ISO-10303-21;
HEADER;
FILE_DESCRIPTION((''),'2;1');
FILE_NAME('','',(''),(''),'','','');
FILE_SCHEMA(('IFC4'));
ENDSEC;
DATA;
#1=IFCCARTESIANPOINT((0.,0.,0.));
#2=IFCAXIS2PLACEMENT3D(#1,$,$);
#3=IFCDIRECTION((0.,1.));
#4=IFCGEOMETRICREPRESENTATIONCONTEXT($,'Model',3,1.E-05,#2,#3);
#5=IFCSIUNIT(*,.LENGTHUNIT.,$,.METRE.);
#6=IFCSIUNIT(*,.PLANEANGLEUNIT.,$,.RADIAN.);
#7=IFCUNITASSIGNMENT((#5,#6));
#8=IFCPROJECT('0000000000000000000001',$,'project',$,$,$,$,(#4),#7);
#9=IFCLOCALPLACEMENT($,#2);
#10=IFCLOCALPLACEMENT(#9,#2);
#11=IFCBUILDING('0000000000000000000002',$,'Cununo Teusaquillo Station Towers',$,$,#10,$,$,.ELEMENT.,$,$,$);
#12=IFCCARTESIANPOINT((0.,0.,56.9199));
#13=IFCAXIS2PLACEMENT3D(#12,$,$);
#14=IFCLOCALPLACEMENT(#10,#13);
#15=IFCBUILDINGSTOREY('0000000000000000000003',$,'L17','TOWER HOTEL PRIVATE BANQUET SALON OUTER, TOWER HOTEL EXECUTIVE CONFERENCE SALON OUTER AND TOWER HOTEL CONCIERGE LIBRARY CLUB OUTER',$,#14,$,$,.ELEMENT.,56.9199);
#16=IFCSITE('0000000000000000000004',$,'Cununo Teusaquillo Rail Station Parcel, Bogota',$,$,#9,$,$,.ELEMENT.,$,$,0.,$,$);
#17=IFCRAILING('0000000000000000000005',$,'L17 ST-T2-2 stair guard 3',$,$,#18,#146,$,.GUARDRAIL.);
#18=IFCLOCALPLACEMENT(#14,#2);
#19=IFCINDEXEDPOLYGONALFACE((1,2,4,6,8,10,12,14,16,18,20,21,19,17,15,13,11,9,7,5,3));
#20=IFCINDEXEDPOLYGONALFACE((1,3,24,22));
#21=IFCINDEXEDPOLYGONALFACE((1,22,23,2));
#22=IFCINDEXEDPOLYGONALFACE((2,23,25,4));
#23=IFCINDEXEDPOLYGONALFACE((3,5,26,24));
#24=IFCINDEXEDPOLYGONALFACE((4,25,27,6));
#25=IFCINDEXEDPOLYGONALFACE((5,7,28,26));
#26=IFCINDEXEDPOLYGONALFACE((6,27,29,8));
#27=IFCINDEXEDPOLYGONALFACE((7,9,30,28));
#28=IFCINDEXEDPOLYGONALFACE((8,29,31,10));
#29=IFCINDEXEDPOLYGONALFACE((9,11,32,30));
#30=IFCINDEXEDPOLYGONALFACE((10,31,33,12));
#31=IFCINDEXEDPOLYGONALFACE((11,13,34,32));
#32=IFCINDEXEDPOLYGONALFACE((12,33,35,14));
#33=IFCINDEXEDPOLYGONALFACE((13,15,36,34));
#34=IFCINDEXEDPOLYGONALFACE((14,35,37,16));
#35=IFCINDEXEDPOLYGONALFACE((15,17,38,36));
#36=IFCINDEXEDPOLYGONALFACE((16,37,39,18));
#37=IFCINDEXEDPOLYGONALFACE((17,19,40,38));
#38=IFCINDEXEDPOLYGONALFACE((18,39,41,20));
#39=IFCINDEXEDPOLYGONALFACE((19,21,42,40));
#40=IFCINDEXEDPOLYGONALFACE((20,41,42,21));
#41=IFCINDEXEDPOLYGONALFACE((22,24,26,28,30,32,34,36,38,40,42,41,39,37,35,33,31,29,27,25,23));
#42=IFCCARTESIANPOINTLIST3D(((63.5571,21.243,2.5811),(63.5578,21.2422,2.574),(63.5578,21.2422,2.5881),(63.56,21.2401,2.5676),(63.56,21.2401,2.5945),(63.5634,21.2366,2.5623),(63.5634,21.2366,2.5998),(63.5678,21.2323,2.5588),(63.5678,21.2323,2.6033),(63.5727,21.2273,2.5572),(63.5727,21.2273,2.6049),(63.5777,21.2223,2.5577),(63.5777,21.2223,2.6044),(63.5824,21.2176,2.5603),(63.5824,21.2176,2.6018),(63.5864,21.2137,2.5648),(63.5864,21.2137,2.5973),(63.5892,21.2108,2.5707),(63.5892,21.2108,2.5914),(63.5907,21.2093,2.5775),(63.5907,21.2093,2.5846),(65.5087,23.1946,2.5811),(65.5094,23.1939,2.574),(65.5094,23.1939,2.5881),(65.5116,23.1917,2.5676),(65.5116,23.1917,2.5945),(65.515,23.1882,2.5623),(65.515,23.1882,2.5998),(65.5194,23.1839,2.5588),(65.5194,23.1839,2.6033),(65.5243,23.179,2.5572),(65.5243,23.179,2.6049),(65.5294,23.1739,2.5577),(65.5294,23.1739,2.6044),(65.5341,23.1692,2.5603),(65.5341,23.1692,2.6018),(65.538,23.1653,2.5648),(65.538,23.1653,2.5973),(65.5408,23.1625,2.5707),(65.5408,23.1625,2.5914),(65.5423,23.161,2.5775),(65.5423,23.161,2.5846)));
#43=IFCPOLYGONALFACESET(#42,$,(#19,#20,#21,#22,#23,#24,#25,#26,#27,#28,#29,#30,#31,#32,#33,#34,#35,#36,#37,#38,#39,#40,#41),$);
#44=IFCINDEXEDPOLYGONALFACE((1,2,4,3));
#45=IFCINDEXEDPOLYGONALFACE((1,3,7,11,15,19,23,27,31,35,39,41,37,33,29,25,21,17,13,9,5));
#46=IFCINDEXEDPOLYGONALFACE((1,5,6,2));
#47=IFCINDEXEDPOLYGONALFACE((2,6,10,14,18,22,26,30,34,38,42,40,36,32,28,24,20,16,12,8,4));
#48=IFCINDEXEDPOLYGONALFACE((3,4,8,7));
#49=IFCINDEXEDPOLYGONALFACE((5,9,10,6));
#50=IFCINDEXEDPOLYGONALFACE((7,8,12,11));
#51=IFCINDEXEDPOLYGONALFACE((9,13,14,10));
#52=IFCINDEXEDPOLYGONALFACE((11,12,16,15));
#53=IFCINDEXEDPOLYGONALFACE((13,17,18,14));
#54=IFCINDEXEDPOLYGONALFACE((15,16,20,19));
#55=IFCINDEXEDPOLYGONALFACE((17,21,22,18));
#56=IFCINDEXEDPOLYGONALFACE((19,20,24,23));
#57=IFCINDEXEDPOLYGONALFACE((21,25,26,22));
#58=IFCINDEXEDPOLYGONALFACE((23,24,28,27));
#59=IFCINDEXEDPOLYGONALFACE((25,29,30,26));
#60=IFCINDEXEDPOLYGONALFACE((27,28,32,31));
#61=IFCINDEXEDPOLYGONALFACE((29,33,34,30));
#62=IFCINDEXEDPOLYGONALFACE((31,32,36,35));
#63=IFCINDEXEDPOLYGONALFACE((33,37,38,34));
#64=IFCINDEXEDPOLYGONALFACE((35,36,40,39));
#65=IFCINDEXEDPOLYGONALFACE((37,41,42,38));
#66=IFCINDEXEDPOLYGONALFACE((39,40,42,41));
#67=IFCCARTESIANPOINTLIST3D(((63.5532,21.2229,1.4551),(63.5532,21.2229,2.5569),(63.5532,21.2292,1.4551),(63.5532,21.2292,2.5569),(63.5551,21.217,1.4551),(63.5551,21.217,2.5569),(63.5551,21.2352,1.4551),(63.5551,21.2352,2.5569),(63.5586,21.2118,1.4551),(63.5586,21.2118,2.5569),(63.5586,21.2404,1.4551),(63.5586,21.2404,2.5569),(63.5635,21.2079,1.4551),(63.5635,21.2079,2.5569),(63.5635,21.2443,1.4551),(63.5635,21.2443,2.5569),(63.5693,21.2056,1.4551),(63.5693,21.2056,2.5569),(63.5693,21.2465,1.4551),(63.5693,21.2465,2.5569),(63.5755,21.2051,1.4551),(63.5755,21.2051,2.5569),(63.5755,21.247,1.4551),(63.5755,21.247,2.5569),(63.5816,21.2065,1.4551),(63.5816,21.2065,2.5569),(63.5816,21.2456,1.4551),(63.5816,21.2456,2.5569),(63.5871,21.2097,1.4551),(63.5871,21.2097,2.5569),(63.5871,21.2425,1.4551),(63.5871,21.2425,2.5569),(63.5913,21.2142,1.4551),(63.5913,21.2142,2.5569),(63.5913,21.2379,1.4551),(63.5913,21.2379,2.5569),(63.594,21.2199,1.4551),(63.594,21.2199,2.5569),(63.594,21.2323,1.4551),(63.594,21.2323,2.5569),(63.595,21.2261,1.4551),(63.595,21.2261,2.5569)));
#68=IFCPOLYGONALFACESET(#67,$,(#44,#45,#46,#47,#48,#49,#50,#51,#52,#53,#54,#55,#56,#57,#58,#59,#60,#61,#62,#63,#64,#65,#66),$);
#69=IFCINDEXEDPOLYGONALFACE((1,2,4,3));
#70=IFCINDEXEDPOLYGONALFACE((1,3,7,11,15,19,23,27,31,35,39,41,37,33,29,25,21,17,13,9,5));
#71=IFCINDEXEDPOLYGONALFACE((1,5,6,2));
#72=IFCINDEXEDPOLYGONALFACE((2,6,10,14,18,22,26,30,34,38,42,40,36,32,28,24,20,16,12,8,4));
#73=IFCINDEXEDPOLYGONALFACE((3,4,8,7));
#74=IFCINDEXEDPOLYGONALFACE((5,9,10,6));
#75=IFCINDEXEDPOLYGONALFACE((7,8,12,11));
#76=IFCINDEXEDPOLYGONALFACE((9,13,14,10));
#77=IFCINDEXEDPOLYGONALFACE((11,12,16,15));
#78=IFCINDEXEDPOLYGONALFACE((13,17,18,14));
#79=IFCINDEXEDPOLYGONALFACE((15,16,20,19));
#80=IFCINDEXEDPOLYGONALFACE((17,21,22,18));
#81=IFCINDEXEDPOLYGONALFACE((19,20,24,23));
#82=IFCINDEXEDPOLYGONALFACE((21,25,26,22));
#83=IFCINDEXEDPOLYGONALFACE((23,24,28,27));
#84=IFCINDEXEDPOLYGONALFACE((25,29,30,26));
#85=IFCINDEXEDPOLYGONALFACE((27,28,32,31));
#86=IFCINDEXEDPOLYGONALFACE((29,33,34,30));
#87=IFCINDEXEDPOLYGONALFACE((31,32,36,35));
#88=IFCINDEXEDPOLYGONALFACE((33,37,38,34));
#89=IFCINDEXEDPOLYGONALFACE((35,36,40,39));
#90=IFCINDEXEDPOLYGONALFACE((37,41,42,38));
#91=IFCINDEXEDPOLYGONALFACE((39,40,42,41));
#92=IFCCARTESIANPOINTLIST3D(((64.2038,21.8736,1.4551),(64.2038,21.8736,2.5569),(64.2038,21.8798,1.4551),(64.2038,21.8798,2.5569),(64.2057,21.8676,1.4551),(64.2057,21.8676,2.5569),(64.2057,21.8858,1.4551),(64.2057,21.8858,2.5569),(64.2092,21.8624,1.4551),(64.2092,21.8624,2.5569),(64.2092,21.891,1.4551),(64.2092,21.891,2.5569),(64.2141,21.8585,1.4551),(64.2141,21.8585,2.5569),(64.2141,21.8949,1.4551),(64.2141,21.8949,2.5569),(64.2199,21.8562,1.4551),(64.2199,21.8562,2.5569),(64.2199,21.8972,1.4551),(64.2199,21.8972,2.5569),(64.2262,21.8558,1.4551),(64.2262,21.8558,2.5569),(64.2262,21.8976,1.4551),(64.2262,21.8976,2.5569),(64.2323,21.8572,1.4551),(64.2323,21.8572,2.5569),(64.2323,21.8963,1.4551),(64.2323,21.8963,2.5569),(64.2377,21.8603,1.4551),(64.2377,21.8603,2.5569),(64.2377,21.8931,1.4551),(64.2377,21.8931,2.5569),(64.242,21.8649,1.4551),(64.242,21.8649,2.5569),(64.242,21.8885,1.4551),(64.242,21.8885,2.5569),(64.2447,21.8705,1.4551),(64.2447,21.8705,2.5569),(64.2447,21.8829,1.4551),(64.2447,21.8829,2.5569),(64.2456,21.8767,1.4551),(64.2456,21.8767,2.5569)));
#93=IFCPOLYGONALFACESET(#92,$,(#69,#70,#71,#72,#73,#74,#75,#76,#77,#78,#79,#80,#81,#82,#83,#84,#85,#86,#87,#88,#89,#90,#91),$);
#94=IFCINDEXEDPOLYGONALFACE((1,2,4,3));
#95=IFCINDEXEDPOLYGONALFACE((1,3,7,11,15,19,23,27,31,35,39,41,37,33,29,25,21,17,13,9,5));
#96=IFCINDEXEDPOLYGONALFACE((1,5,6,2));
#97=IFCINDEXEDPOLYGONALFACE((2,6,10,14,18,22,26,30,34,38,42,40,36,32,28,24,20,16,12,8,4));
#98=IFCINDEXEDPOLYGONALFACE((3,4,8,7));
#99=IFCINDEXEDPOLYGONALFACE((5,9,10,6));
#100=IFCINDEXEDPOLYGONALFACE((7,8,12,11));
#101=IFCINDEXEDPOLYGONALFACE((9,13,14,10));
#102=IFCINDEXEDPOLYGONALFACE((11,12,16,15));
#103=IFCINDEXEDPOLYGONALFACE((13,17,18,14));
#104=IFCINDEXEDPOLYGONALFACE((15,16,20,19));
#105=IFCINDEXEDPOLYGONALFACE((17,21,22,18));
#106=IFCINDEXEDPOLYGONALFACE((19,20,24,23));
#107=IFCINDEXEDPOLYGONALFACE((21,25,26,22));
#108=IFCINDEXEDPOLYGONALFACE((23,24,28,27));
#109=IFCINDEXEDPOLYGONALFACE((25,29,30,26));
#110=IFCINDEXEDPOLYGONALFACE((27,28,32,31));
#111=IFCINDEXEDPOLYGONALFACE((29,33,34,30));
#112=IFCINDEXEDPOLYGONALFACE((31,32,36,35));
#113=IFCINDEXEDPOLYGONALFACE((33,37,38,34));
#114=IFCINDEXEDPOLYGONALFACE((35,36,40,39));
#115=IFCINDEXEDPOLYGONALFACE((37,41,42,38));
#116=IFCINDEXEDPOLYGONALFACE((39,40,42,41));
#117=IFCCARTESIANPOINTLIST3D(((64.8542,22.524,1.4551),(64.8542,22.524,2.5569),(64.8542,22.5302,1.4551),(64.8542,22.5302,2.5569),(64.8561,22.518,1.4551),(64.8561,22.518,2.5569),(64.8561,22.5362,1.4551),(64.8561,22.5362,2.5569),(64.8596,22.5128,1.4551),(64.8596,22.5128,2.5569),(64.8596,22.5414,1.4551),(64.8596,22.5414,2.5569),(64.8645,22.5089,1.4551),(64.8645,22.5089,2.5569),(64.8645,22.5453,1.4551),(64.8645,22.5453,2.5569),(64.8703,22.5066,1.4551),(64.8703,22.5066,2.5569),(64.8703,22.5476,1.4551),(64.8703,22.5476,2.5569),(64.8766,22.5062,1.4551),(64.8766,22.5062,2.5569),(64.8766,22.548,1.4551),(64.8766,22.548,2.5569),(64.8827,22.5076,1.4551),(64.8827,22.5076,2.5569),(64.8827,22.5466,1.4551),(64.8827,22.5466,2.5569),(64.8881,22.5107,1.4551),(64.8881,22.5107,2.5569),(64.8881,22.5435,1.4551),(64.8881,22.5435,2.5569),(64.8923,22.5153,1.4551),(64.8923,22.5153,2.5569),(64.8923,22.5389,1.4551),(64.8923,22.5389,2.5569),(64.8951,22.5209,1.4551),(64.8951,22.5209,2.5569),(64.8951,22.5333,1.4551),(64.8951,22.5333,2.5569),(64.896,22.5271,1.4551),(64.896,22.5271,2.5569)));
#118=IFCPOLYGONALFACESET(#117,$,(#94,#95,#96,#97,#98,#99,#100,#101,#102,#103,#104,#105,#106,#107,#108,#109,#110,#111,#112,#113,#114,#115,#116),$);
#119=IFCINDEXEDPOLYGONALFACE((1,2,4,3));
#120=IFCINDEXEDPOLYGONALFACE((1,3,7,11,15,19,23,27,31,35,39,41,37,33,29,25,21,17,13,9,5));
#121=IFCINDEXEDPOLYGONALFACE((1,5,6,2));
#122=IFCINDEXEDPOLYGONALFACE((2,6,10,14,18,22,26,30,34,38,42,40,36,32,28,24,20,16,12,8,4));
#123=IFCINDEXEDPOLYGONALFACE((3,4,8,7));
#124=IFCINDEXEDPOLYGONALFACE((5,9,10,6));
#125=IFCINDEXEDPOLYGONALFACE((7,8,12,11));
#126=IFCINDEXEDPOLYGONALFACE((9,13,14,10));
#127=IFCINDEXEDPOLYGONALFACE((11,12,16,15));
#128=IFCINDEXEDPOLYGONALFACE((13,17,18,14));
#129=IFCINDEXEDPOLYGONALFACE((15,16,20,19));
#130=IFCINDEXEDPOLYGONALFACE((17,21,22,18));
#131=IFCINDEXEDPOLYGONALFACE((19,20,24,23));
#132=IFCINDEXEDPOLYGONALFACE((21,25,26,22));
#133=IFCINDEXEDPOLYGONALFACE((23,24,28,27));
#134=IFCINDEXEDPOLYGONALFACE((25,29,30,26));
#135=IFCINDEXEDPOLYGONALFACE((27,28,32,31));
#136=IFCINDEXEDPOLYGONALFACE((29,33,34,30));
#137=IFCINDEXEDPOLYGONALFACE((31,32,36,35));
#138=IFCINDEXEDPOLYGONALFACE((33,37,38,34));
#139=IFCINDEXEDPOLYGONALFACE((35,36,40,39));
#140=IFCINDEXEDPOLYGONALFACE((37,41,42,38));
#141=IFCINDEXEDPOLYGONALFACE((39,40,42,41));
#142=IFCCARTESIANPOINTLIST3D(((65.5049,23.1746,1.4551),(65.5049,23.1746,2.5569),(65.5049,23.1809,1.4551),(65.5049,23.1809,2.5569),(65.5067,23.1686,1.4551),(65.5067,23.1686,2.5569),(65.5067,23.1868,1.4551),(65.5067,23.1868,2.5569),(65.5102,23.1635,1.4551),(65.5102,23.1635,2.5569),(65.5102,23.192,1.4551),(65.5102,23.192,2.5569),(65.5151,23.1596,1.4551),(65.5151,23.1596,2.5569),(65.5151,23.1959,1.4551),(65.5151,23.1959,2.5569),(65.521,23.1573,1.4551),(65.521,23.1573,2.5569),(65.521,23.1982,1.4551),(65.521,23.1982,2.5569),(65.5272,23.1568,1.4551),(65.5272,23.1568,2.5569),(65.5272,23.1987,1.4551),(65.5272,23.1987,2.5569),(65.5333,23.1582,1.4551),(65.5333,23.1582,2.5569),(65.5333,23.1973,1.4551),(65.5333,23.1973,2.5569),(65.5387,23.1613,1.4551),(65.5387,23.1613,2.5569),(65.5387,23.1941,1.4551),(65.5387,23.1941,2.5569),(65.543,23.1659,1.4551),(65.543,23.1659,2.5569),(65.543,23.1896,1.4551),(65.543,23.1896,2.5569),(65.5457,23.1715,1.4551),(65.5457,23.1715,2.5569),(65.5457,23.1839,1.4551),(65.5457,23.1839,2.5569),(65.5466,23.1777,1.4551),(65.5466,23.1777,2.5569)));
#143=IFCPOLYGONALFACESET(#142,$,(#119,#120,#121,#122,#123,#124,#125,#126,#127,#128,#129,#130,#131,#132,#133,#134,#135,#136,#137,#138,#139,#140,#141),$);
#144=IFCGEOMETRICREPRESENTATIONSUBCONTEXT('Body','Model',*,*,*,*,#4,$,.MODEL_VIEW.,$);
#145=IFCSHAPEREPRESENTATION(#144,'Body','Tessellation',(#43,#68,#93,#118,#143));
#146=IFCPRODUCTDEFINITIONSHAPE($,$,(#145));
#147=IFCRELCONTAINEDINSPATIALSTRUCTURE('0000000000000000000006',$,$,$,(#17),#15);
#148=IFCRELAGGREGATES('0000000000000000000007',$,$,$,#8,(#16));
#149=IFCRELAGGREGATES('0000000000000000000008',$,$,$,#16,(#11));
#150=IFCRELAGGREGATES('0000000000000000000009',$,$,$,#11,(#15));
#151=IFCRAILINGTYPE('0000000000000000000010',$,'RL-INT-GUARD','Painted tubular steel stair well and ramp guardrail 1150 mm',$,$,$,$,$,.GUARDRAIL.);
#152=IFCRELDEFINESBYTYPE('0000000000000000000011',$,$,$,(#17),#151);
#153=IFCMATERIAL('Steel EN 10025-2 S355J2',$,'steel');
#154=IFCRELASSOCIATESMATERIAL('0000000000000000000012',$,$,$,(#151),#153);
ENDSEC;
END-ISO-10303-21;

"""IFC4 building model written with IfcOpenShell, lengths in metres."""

from ifc_helpers import new_model, si_unit, direction, frame, origin, origin_2d, place, context, subcontext, project, spatial, circle, extrude, material, type_object, element, save


model = new_model("IFC4")

# Units and contexts
model_context = context("Model", 3, precision=1e-05, world=origin(), true_north=direction((0.0, 1.0)))
body_context = subcontext(model_context, "Body", "Model", "MODEL_VIEW")
ifc_project = project(units=[si_unit("LENGTHUNIT", "METRE"), si_unit("PLANEANGLEUNIT", "RADIAN")], contexts=[model_context])

# Site, building, storey
site_placement = place(None, origin())
site = spatial("IfcSite", under=ifc_project, at=site_placement, Name="Cununo Teusaquillo Rail Station Parcel, Bogota", CompositionType="ELEMENT", RefElevation=0.0)
building_placement = place(site_placement, origin())
building = spatial("IfcBuilding", under=site, at=building_placement, Name="Cununo Teusaquillo Station Towers", CompositionType="ELEMENT")
storey_placement = place(building_placement, frame((0.0, 0.0, 56.9199)))
storey = spatial("IfcBuildingStorey", under=building, at=storey_placement, Name="L17", Description="TOWER HOTEL PRIVATE BANQUET SALON OUTER, TOWER HOTEL EXECUTIVE CONFERENCE SALON OUTER AND TOWER HOTEL CONCIERGE LIBRARY CLUB OUTER", CompositionType="ELEMENT", Elevation=56.9199)

# Railing
ifc_material_1 = material(Name="Steel EN 10025-2 S355J2", Category="steel")
railing_type = type_object("IfcRailingType", Name="RL-INT-GUARD", Description="Painted tubular steel stair well and ramp guardrail 1150 mm", PredefinedType="GUARDRAIL", material=ifc_material_1)
railing_1_placement = place(storey_placement, frame((63.574, 21.2261, 1.4551)))
element("IfcRailing", 1, at=railing_1_placement, inside=storey, type_object=railing_type, Name="L17 ST-T2-2 stair guard 3", PredefinedType="GUARDRAIL", context=body_context, shape_type="SweptSolid", body=[
    extrude(circle(Radius=0.0239, at=origin_2d()), frame((0.0, 0.0, 1.126), z_axis=(0.707107, 0.707107, 0.0), x_axis=(-0.707107, 0.707107, 0.0)), (0.0, 0.0, 1.0), 2.76),
    extrude(circle(Radius=0.021, at=origin_2d()), origin(), (0.0, 0.0, 1.0), 1.1018),
    extrude(circle(Radius=0.021, at=origin_2d()), frame((0.6506, 0.6506, 0.0)), (0.0, 0.0, 1.0), 1.1018),
    extrude(circle(Radius=0.021, at=origin_2d()), frame((1.301, 1.301, 0.0)), (0.0, 0.0, 1.0), 1.1018),
    extrude(circle(Radius=0.021, at=origin_2d()), frame((1.9517, 1.9517, 0.0)), (0.0, 0.0, 1.0), 1.1018),
])

save(model, "model.ifc")
